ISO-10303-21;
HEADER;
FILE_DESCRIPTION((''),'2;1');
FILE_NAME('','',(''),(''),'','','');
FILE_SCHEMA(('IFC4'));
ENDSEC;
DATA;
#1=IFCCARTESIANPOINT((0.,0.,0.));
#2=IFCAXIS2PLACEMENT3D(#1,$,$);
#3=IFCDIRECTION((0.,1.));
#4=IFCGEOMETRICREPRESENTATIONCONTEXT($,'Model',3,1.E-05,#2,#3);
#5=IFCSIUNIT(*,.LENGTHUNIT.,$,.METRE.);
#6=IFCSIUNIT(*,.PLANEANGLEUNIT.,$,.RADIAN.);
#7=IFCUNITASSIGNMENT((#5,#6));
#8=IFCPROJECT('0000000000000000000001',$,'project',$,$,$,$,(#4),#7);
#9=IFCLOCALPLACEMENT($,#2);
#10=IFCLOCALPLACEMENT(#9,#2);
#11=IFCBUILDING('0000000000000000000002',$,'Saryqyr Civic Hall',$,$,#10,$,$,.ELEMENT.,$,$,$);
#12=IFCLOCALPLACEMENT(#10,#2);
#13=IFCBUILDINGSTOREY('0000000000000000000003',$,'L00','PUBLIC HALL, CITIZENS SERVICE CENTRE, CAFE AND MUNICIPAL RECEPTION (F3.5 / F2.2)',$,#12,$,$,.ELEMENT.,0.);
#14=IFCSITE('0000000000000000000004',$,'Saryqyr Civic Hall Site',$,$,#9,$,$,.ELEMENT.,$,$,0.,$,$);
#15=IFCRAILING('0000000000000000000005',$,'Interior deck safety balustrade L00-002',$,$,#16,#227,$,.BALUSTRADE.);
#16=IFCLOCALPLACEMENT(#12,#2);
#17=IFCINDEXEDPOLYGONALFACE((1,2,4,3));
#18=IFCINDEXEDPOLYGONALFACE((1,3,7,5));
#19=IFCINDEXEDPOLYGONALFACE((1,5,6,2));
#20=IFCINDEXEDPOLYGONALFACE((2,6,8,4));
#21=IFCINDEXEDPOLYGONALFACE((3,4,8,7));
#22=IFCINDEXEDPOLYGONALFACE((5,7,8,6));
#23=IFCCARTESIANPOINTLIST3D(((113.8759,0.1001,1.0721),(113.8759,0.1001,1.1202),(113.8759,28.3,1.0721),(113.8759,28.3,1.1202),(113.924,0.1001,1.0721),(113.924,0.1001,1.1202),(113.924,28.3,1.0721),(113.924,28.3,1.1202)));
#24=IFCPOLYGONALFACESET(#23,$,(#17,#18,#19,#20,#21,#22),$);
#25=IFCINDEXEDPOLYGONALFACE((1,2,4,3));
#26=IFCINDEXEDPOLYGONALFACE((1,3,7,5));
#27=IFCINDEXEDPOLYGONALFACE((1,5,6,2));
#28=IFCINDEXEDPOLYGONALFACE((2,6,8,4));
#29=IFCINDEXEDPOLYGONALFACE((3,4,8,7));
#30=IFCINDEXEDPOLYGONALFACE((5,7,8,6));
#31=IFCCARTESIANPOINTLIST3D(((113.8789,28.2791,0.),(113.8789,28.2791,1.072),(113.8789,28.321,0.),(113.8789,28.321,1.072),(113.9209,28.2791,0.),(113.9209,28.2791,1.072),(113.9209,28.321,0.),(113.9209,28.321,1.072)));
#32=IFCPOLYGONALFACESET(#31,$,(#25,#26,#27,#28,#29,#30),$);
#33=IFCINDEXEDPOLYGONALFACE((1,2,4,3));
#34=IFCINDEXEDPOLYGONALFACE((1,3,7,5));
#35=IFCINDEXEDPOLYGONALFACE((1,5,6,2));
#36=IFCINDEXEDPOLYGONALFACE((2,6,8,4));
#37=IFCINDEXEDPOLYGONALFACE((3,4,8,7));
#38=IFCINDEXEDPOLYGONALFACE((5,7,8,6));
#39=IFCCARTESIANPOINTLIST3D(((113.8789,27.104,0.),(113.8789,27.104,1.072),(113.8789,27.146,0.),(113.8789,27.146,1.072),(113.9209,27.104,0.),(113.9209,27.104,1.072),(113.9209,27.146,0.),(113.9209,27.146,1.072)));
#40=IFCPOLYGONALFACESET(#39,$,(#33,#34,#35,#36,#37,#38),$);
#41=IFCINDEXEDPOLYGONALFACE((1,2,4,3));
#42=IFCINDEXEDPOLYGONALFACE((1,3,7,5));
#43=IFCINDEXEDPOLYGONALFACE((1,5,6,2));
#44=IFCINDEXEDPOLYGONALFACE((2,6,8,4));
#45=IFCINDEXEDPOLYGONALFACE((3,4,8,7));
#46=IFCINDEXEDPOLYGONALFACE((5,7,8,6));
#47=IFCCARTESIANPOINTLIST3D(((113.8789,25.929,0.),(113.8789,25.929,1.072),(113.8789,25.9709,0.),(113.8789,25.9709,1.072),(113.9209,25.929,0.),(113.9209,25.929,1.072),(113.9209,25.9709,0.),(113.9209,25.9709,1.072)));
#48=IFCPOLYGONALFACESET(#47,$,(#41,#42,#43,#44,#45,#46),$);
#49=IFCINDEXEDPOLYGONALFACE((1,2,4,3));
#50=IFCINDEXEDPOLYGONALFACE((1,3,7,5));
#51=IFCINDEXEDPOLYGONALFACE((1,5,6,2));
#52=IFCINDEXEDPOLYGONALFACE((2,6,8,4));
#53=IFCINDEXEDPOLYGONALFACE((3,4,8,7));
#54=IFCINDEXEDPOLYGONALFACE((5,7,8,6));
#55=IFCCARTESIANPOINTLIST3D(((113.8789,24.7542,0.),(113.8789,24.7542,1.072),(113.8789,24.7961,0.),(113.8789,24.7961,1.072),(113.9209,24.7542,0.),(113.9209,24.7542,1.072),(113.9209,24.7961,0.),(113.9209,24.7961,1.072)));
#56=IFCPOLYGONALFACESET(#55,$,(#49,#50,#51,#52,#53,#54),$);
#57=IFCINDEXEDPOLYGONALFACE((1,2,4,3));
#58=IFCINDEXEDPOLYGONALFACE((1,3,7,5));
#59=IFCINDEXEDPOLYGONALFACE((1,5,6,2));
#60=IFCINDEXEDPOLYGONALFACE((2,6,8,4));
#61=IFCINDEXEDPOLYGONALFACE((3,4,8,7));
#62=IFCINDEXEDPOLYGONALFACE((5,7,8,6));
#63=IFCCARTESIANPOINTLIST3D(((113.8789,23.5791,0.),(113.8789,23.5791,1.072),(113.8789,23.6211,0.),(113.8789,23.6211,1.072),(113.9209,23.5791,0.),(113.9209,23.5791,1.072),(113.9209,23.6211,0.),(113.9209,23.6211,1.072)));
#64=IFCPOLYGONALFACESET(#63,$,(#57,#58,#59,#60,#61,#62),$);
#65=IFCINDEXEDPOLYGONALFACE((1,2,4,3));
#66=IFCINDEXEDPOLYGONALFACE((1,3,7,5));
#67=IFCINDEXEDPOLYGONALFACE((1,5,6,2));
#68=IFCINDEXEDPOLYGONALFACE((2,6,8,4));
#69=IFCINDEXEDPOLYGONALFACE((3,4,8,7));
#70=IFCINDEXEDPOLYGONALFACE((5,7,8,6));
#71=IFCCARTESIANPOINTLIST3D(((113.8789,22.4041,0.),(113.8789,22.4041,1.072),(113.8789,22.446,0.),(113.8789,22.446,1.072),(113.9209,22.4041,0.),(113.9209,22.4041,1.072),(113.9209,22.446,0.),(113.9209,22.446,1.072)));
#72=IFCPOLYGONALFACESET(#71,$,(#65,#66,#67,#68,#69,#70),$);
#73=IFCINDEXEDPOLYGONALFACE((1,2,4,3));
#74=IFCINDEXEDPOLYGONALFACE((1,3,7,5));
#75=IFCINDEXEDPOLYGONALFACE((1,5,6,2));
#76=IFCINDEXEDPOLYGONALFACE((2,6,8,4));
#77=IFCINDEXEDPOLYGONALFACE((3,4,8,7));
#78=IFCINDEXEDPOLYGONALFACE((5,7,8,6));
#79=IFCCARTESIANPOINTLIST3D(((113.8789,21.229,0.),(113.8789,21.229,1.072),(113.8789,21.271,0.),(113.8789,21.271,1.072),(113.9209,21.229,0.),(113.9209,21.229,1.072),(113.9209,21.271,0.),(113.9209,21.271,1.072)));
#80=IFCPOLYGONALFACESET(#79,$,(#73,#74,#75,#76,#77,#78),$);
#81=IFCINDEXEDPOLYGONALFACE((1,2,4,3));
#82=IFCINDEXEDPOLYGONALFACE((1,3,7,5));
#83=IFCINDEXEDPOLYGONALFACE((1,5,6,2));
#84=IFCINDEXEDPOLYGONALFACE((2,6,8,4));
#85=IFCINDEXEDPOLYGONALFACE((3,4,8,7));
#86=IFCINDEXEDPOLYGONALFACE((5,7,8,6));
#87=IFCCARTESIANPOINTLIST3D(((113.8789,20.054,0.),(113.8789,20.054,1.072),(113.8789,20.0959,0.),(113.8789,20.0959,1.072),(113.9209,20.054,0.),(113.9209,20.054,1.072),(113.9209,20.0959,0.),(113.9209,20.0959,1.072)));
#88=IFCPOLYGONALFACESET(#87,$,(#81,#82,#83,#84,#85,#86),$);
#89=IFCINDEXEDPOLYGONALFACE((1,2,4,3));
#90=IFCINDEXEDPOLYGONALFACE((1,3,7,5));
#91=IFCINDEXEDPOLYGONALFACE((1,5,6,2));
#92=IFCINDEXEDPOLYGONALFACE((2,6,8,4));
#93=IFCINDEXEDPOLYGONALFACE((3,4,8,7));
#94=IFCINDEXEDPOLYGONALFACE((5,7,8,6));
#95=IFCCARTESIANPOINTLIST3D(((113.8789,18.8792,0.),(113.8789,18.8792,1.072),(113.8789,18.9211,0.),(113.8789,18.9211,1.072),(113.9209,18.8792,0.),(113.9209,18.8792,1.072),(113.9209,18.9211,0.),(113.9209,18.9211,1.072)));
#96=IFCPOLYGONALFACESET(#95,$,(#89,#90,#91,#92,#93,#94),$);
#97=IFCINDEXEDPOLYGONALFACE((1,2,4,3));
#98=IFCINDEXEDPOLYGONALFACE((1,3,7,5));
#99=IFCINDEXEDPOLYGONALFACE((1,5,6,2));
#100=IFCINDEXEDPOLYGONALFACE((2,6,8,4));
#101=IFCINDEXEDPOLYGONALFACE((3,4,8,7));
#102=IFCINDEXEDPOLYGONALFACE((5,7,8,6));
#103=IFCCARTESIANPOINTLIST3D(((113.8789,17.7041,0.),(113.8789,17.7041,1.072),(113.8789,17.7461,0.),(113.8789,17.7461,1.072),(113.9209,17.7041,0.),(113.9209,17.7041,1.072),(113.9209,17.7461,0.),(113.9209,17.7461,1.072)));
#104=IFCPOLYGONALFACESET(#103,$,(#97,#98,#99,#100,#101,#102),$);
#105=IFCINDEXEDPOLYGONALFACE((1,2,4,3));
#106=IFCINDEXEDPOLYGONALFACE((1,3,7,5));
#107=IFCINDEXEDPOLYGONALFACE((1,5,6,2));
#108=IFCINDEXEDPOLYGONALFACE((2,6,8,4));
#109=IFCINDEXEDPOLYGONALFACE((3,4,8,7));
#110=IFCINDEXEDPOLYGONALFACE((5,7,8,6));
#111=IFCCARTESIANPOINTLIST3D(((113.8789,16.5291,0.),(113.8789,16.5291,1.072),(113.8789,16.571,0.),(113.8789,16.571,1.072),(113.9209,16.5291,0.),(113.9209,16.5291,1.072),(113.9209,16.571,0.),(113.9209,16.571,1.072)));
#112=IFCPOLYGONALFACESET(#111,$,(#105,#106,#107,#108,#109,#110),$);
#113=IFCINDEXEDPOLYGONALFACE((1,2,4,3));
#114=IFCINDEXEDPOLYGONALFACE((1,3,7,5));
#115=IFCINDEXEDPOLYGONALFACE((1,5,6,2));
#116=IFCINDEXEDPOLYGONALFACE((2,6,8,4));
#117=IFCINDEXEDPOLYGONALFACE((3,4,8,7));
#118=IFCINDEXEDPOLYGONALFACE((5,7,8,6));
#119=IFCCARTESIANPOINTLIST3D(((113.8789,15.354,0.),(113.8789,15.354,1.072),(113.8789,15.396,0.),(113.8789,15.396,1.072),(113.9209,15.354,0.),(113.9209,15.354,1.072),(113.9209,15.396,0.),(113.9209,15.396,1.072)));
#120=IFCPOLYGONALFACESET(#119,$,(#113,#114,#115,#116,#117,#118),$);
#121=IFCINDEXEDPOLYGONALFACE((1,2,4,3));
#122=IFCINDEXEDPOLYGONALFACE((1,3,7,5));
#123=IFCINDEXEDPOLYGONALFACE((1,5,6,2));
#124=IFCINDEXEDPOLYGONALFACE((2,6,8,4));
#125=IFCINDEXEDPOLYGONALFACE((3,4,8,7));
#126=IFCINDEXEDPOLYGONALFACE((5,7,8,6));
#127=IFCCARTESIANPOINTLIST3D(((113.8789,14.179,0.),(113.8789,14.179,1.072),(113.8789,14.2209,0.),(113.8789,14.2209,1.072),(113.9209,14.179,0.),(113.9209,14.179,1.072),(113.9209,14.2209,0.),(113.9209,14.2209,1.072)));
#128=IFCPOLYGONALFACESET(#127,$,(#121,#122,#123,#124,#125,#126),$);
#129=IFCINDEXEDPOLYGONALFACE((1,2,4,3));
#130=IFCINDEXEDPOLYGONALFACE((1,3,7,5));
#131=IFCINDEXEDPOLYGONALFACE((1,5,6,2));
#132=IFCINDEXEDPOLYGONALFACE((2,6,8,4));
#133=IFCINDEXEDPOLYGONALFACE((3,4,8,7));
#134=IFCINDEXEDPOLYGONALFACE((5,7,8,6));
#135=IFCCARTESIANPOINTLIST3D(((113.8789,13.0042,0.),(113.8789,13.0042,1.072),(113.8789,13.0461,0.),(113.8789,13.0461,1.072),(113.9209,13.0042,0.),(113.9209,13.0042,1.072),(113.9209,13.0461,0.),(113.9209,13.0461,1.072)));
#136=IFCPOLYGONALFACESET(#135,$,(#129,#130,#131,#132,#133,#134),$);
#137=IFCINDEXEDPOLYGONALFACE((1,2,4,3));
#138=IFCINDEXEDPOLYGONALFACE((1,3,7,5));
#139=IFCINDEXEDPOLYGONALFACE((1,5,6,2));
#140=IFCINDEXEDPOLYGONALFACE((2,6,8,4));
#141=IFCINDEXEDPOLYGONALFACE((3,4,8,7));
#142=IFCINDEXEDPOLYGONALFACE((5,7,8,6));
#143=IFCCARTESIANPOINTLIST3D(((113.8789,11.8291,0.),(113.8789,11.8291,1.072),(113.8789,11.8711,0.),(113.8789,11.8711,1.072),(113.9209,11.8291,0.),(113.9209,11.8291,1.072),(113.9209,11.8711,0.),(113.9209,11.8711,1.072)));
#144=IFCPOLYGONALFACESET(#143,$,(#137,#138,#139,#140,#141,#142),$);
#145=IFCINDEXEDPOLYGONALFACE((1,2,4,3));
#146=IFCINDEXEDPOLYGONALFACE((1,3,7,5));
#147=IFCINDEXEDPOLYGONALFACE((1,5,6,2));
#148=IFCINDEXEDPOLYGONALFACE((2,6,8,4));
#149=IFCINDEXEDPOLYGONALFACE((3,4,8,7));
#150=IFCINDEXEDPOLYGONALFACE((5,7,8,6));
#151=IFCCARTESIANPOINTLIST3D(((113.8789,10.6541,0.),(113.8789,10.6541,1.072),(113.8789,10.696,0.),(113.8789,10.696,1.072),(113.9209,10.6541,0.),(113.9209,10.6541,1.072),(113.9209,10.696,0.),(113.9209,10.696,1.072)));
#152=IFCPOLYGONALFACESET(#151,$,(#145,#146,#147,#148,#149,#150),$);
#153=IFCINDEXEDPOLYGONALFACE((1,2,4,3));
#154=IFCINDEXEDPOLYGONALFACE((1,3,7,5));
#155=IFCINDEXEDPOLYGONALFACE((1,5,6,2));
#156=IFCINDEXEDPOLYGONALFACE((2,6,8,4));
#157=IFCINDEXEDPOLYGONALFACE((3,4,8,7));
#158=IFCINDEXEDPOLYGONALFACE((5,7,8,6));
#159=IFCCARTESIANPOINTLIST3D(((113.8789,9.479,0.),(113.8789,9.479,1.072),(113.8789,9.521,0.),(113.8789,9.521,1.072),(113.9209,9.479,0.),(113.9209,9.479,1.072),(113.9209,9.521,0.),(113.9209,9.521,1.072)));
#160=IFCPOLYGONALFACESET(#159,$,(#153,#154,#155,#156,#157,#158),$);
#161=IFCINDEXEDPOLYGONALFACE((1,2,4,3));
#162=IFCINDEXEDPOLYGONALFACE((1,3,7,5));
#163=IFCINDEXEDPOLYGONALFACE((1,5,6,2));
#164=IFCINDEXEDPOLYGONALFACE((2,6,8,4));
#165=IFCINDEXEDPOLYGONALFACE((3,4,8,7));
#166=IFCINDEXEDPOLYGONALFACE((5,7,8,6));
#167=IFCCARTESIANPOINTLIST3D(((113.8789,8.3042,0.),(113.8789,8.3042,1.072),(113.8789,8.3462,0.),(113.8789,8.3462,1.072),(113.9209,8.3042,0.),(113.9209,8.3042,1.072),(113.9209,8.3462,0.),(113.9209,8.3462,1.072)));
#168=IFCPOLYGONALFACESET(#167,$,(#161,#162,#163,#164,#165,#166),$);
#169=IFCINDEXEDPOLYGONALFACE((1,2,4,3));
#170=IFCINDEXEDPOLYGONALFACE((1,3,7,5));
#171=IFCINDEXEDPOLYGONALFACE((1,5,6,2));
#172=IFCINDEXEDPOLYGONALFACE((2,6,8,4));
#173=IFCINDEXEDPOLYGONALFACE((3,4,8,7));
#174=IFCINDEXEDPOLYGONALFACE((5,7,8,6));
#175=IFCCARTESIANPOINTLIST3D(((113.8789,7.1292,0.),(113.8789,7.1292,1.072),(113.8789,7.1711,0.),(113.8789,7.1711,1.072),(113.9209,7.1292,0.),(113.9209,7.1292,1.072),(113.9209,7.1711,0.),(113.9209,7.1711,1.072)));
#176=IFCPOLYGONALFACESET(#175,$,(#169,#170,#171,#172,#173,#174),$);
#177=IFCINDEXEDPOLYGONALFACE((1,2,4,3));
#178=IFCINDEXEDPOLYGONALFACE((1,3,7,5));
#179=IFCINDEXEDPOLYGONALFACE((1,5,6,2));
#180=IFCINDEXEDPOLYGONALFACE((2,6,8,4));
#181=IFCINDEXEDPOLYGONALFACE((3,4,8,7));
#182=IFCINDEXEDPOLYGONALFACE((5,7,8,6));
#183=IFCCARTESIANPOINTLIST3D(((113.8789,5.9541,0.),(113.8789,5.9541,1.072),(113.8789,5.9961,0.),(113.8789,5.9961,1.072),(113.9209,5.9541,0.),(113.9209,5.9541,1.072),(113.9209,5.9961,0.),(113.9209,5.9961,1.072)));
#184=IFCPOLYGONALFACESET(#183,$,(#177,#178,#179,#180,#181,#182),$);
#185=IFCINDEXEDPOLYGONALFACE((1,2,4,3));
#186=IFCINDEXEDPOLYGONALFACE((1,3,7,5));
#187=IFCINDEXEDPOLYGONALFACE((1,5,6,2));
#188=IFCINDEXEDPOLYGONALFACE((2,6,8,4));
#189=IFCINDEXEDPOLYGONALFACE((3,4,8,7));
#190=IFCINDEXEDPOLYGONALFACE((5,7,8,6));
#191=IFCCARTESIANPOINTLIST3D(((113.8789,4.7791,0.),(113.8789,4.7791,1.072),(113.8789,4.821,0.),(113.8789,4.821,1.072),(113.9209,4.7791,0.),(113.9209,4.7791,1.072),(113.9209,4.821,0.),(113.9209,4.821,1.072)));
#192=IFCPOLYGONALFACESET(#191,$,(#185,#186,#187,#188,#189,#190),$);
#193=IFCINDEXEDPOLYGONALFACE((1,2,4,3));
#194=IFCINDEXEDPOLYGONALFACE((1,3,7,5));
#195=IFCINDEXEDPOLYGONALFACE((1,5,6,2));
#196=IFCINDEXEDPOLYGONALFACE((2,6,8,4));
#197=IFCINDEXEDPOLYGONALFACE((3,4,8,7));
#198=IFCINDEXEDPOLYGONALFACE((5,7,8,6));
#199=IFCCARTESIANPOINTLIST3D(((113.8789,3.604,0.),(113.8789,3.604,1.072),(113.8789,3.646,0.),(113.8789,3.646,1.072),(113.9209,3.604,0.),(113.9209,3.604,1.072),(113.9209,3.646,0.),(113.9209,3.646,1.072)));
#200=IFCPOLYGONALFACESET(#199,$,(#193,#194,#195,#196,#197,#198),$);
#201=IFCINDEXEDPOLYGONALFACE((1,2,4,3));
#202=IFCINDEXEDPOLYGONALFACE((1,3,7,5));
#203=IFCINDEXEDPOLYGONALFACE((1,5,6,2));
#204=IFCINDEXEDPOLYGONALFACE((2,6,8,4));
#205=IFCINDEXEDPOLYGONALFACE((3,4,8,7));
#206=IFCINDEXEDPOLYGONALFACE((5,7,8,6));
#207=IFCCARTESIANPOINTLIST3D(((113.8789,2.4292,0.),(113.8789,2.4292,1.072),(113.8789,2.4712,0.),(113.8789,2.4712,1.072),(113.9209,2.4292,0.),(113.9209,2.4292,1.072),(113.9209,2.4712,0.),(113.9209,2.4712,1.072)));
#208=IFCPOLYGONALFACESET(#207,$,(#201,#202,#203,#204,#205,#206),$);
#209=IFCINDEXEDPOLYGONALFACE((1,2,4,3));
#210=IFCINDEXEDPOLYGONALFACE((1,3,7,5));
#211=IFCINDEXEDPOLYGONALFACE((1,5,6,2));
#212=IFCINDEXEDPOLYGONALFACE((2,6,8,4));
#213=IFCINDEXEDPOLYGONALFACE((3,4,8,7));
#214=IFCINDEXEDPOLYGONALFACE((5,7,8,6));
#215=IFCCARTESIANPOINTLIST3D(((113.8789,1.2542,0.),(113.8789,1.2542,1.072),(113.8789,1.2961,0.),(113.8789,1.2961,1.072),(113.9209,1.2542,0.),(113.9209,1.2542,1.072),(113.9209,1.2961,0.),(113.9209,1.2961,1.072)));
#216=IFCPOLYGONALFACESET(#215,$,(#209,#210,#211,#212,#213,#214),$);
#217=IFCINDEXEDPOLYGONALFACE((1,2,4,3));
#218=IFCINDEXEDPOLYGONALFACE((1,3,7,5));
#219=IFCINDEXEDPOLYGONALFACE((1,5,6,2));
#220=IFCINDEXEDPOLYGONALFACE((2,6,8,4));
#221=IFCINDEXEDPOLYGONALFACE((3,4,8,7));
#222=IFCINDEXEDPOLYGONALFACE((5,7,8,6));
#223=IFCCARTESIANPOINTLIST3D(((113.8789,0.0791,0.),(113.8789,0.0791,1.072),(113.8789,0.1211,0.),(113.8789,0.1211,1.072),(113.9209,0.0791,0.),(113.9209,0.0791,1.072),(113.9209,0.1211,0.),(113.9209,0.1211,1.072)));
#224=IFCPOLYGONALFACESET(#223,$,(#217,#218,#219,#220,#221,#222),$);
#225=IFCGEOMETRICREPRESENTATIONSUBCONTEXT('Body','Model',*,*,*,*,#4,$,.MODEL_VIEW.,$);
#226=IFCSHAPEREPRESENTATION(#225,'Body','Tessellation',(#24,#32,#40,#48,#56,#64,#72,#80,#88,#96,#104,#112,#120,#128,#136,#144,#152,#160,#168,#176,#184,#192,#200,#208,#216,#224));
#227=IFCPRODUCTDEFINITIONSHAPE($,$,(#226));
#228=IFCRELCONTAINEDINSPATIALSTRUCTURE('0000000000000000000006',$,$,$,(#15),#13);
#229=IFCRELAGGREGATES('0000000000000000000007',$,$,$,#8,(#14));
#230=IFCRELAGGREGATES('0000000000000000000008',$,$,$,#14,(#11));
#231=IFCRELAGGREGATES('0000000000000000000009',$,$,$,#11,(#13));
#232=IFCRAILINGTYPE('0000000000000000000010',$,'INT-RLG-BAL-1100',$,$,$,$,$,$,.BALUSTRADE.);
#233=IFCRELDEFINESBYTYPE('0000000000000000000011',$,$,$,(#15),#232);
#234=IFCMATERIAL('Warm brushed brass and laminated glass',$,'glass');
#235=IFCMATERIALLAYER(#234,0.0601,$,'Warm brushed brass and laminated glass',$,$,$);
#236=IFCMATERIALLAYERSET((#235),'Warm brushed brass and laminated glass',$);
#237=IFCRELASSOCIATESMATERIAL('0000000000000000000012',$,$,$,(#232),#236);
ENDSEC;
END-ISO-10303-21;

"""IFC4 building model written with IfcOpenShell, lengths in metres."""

from ifc_helpers import new_model, si_unit, direction, frame, origin, origin_2d, place, context, subcontext, project, spatial, rectangle, extrude, material, layer, layer_set, type_object, element, save


model = new_model("IFC4")

# Units and contexts
model_context = context("Model", 3, precision=1e-05, world=origin(), true_north=direction((0.0, 1.0)))
body_context = subcontext(model_context, "Body", "Model", "MODEL_VIEW")
ifc_project = project(units=[si_unit("LENGTHUNIT", "METRE"), si_unit("PLANEANGLEUNIT", "RADIAN")], contexts=[model_context])

# Site, building, storey
site_placement = place(None, origin())
site = spatial("IfcSite", under=ifc_project, at=site_placement, Name="Saryqyr Civic Hall Site", CompositionType="ELEMENT", RefElevation=0.0)
building_placement = place(site_placement, origin())
building = spatial("IfcBuilding", under=site, at=building_placement, Name="Saryqyr Civic Hall", CompositionType="ELEMENT")
storey_placement = place(building_placement, origin())
storey = spatial("IfcBuildingStorey", under=building, at=storey_placement, Name="L00", Description="PUBLIC HALL, CITIZENS SERVICE CENTRE, CAFE AND MUNICIPAL RECEPTION (F3.5 / F2.2)", CompositionType="ELEMENT", Elevation=0.0)

# Railing
ifc_material_1 = material(Name="Warm brushed brass and laminated glass", Category="glass")
ifc_layer_1 = layer(ifc_material_1, 0.0601, Name="Warm brushed brass and laminated glass")
ifc_layer_set_1 = layer_set([ifc_layer_1], Name="Warm brushed brass and laminated glass")
railing_type = type_object("IfcRailingType", Name="INT-RLG-BAL-1100", PredefinedType="BALUSTRADE", material=ifc_layer_set_1)
railing_1_placement = place(storey_placement, frame((113.8999, 28.3, 0.0)))
element("IfcRailing", 1, at=railing_1_placement, inside=storey, type_object=railing_type, Name="Interior deck safety balustrade L00-002", PredefinedType="BALUSTRADE", context=body_context, shape_type="SweptSolid", body=[
    extrude(rectangle(XDim=0.0481, YDim=0.0481, at=origin_2d()), frame((0.0, 0.0, 1.0962), z_axis=(0.0, -1.0, 0.0), x_axis=(1.0, 0.0, 0.0)), (0.0, 0.0, 1.0), 28.2),
    extrude(rectangle(XDim=0.042, YDim=0.042, at=origin_2d()), origin(), (0.0, 0.0, 1.0), 1.072),
    extrude(rectangle(XDim=0.042, YDim=0.042, at=origin_2d()), frame((0.0, -1.175, 0.0)), (0.0, 0.0, 1.0), 1.072),
    extrude(rectangle(XDim=0.042, YDim=0.042, at=origin_2d()), frame((0.0, -2.3501, 0.0)), (0.0, 0.0, 1.0), 1.072),
    extrude(rectangle(XDim=0.042, YDim=0.042, at=origin_2d()), frame((0.0, -3.5249, 0.0)), (0.0, 0.0, 1.0), 1.072),
    extrude(rectangle(XDim=0.042, YDim=0.042, at=origin_2d()), frame((0.0, -4.7, 0.0)), (0.0, 0.0, 1.0), 1.072),
    extrude(rectangle(XDim=0.042, YDim=0.042, at=origin_2d()), frame((0.0, -5.875, 0.0)), (0.0, 0.0, 1.0), 1.072),
    extrude(rectangle(XDim=0.042, YDim=0.042, at=origin_2d()), frame((0.0, -7.05, 0.0)), (0.0, 0.0, 1.0), 1.072),
    extrude(rectangle(XDim=0.042, YDim=0.042, at=origin_2d()), frame((0.0, -8.2251, 0.0)), (0.0, 0.0, 1.0), 1.072),
    extrude(rectangle(XDim=0.042, YDim=0.042, at=origin_2d()), frame((0.0, -9.3999, 0.0)), (0.0, 0.0, 1.0), 1.072),
    extrude(rectangle(XDim=0.042, YDim=0.042, at=origin_2d()), frame((0.0, -10.575, 0.0)), (0.0, 0.0, 1.0), 1.072),
    extrude(rectangle(XDim=0.042, YDim=0.042, at=origin_2d()), frame((0.0, -11.75, 0.0)), (0.0, 0.0, 1.0), 1.072),
    extrude(rectangle(XDim=0.042, YDim=0.042, at=origin_2d()), frame((0.0, -12.925, 0.0)), (0.0, 0.0, 1.0), 1.072),
    extrude(rectangle(XDim=0.042, YDim=0.042, at=origin_2d()), frame((0.0, -14.1001, 0.0)), (0.0, 0.0, 1.0), 1.072),
    extrude(rectangle(XDim=0.042, YDim=0.042, at=origin_2d()), frame((0.0, -15.2749, 0.0)), (0.0, 0.0, 1.0), 1.072),
    extrude(rectangle(XDim=0.042, YDim=0.042, at=origin_2d()), frame((0.0, -16.45, 0.0)), (0.0, 0.0, 1.0), 1.072),
    extrude(rectangle(XDim=0.042, YDim=0.042, at=origin_2d()), frame((0.0, -17.625, 0.0)), (0.0, 0.0, 1.0), 1.072),
    extrude(rectangle(XDim=0.042, YDim=0.042, at=origin_2d()), frame((0.0, -18.8, 0.0)), (0.0, 0.0, 1.0), 1.072),
    extrude(rectangle(XDim=0.042, YDim=0.042, at=origin_2d()), frame((0.0, -19.9749, 0.0)), (0.0, 0.0, 1.0), 1.072),
    extrude(rectangle(XDim=0.042, YDim=0.042, at=origin_2d()), frame((0.0, -21.1499, 0.0)), (0.0, 0.0, 1.0), 1.072),
    extrude(rectangle(XDim=0.042, YDim=0.042, at=origin_2d()), frame((0.0, -22.325, 0.0)), (0.0, 0.0, 1.0), 1.072),
    extrude(rectangle(XDim=0.042, YDim=0.042, at=origin_2d()), frame((0.0, -23.5, 0.0)), (0.0, 0.0, 1.0), 1.072),
    extrude(rectangle(XDim=0.042, YDim=0.042, at=origin_2d()), frame((0.0, -24.675, 0.0)), (0.0, 0.0, 1.0), 1.072),
    extrude(rectangle(XDim=0.042, YDim=0.042, at=origin_2d()), frame((0.0, -25.8499, 0.0)), (0.0, 0.0, 1.0), 1.072),
    extrude(rectangle(XDim=0.042, YDim=0.042, at=origin_2d()), frame((0.0, -27.0249, 0.0)), (0.0, 0.0, 1.0), 1.072),
    extrude(rectangle(XDim=0.042, YDim=0.042, at=origin_2d()), frame((0.0, -28.2, 0.0)), (0.0, 0.0, 1.0), 1.072),
])

save(model, "model.ifc")
